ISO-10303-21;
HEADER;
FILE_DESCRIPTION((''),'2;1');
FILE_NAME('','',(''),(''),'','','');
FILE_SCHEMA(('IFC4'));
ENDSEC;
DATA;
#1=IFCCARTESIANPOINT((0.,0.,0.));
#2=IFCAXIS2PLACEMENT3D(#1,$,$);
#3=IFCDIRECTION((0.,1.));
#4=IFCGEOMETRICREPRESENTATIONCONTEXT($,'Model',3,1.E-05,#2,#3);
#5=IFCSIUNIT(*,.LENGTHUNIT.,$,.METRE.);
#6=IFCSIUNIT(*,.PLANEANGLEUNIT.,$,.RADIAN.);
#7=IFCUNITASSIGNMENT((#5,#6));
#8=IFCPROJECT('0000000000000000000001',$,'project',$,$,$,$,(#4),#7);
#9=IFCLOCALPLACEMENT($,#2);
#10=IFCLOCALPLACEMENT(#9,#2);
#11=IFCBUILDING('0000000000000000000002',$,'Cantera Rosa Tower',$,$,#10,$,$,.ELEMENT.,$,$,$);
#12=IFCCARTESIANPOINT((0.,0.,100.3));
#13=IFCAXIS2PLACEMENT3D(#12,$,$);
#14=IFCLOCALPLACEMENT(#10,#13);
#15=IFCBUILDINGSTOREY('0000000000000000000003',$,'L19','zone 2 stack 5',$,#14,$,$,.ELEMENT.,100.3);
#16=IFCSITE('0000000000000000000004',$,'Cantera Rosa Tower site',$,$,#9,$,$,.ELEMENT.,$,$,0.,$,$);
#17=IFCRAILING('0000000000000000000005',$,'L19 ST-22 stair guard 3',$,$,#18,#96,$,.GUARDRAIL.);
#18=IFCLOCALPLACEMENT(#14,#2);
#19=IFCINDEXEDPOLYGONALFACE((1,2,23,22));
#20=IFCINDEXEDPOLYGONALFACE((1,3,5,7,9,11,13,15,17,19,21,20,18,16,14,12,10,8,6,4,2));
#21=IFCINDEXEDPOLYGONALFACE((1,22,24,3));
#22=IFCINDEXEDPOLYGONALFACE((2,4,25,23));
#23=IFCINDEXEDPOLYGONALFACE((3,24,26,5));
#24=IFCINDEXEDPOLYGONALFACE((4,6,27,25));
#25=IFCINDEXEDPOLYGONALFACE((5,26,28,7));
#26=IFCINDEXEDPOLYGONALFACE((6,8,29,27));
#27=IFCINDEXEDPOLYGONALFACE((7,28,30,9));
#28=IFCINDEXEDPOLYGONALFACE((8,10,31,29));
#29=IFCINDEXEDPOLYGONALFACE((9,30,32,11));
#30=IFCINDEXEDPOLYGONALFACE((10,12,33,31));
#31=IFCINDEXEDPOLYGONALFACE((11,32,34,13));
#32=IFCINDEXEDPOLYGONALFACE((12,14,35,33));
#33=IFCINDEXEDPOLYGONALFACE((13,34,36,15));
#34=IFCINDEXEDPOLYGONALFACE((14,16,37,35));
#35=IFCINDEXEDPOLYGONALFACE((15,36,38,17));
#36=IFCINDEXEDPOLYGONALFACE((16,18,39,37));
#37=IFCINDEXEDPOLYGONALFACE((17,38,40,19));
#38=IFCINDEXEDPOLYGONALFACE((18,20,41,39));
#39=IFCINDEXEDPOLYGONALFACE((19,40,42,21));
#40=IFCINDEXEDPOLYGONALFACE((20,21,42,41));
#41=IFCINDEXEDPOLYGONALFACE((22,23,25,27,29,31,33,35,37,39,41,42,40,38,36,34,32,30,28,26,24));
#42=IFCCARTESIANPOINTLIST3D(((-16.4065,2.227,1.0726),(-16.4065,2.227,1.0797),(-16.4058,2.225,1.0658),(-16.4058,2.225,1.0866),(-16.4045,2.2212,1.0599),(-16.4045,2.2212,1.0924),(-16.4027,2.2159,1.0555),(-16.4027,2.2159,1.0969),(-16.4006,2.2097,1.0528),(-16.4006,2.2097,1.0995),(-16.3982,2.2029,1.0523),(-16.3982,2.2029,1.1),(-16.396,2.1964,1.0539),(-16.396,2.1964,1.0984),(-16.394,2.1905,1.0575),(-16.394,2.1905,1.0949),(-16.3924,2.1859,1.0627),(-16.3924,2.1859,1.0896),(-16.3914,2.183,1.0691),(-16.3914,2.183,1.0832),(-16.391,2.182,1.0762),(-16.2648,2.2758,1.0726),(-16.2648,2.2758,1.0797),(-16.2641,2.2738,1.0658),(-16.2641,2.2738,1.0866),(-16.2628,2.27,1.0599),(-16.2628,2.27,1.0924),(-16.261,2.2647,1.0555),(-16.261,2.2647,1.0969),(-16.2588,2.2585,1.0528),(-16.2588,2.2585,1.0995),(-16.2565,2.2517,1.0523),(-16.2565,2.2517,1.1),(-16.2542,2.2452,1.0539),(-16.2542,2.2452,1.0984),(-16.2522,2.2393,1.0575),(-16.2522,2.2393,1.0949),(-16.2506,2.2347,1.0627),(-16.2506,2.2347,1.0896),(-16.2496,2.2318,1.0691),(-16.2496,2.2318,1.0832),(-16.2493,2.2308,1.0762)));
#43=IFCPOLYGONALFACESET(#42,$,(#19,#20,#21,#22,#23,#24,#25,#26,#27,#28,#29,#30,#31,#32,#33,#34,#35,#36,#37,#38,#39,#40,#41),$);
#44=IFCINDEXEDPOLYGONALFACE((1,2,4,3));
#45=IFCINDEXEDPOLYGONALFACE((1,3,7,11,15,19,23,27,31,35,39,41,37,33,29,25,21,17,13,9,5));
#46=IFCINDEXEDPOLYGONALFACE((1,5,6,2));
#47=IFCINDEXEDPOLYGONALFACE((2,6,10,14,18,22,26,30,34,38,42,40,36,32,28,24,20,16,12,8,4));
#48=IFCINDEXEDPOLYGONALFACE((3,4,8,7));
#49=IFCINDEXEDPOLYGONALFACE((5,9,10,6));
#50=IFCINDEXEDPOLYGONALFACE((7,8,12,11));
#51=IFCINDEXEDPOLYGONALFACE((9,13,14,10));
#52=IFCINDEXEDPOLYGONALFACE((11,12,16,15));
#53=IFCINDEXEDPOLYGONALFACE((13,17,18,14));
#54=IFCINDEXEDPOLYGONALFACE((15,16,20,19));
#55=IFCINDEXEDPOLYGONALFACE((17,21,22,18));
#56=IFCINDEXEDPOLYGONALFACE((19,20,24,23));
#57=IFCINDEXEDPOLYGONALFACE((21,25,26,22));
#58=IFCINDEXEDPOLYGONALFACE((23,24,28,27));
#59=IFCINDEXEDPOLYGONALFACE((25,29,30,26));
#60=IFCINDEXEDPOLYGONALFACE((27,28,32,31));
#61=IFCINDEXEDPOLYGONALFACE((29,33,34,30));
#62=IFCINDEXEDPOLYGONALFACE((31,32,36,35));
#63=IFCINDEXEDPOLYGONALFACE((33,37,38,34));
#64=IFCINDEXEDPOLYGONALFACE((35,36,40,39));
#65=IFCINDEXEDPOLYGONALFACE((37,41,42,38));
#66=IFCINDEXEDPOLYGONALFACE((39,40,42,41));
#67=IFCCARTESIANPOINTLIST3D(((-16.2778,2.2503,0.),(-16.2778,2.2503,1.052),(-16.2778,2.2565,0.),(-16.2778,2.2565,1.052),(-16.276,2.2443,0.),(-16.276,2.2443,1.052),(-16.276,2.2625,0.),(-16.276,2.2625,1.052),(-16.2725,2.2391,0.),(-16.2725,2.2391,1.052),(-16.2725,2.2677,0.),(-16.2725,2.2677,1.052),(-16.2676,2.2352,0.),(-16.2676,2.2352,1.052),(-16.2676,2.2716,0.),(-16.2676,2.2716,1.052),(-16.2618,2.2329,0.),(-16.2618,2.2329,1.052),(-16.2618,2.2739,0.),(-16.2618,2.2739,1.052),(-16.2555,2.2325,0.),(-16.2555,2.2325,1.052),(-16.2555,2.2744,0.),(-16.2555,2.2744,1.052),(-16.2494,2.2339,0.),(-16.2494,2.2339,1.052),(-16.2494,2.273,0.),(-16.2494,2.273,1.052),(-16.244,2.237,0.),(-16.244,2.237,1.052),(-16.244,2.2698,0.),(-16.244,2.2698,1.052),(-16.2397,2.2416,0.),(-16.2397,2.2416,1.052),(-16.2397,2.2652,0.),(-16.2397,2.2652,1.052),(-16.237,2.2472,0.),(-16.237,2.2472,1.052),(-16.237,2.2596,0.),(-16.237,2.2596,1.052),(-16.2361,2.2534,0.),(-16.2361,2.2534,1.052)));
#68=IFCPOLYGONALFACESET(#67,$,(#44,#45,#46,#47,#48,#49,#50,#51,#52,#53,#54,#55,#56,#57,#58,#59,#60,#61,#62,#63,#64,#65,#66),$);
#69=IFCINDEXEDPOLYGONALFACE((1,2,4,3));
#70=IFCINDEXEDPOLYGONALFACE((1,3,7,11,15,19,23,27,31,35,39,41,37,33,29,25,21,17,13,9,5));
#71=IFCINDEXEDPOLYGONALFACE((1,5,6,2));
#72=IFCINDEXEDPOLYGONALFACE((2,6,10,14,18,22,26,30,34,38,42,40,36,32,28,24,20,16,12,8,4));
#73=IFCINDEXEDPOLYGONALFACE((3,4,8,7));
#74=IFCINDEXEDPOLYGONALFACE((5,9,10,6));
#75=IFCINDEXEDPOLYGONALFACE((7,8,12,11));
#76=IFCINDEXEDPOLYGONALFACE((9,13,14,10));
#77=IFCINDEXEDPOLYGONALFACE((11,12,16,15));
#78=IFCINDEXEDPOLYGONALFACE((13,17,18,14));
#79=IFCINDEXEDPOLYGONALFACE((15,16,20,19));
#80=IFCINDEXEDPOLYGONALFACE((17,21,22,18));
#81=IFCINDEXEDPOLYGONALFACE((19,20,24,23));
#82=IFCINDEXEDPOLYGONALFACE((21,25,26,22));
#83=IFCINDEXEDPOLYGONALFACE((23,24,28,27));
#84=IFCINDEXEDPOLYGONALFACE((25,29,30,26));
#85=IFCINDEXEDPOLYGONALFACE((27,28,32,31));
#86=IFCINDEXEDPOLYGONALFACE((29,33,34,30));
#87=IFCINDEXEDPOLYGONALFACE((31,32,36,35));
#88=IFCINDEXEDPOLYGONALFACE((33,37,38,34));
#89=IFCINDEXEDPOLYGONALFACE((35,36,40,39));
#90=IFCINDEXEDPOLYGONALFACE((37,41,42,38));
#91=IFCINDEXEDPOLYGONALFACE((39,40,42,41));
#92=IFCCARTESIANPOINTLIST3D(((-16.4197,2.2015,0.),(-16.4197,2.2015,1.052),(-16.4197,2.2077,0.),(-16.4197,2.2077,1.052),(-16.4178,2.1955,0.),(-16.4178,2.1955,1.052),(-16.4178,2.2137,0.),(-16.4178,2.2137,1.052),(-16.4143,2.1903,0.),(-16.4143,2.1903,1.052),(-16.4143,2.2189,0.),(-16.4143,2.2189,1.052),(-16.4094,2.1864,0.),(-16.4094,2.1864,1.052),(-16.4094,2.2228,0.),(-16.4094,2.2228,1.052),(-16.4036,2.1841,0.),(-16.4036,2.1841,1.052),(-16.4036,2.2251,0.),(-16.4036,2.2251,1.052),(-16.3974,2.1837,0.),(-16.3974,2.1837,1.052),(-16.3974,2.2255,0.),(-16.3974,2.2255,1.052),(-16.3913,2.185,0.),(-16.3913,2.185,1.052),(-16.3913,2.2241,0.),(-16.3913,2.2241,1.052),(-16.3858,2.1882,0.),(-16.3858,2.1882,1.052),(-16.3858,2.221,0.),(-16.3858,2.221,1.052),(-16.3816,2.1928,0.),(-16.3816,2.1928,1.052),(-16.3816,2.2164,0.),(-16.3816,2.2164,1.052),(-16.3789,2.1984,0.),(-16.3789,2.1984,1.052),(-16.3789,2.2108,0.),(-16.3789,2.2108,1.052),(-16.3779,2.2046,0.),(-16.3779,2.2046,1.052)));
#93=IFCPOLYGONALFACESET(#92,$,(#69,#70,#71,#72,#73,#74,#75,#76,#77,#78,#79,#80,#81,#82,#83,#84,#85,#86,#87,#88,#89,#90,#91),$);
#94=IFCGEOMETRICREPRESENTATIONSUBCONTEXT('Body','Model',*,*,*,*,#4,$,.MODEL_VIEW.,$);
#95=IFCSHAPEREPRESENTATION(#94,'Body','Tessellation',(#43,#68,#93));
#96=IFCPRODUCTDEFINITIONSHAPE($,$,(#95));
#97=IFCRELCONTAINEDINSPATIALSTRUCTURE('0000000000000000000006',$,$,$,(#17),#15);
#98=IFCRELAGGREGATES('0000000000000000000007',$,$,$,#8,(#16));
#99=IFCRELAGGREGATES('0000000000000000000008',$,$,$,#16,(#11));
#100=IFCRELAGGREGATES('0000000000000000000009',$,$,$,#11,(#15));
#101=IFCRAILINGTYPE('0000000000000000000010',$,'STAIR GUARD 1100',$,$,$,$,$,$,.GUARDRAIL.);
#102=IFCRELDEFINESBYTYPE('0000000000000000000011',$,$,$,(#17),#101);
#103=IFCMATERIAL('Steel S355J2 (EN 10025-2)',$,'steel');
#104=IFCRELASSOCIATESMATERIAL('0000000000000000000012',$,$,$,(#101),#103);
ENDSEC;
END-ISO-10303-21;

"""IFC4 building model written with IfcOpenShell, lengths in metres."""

from ifc_helpers import new_model, si_unit, direction, frame, origin, origin_2d, place, context, subcontext, project, spatial, circle, extrude, material, type_object, element, save


model = new_model("IFC4")

# Units and contexts
model_context = context("Model", 3, precision=1e-05, world=origin(), true_north=direction((0.0, 1.0)))
body_context = subcontext(model_context, "Body", "Model", "MODEL_VIEW")
ifc_project = project(units=[si_unit("LENGTHUNIT", "METRE"), si_unit("PLANEANGLEUNIT", "RADIAN")], contexts=[model_context])

# Site, building, storey
site_placement = place(None, origin())
site = spatial("IfcSite", under=ifc_project, at=site_placement, Name="Cantera Rosa Tower site", CompositionType="ELEMENT", RefElevation=0.0)
building_placement = place(site_placement, origin())
building = spatial("IfcBuilding", under=site, at=building_placement, Name="Cantera Rosa Tower", CompositionType="ELEMENT")
storey_placement = place(building_placement, frame((0.0, 0.0, 100.3)))
storey = spatial("IfcBuildingStorey", under=building, at=storey_placement, Name="L19", Description="zone 2 stack 5", CompositionType="ELEMENT", Elevation=100.3)

# Railing
ifc_material_1 = material(Name="Steel S355J2 (EN 10025-2)", Category="steel")
railing_type_1 = type_object("IfcRailingType", Name="STAIR GUARD 1100", PredefinedType="GUARDRAIL", material=ifc_material_1)
railing_1_placement = place(storey_placement, frame((-16.2571, 2.2534, 0.0)))
element("IfcRailing", 1, at=railing_1_placement, inside=storey, type_object=railing_type_1, Name="L19 ST-22 stair guard 3", PredefinedType="GUARDRAIL", context=body_context, shape_type="SweptSolid", body=[
    extrude(circle(Radius=0.0239, at=origin_2d()), frame((0.0, 0.0, 1.0762), z_axis=(-0.945546, -0.325489, 0.0), x_axis=(0.325489, -0.945546, 0.0)), (0.0, 0.0, 1.0), 0.1499),
    extrude(circle(Radius=0.021, at=origin_2d()), origin(), (0.0, 0.0, 1.0), 1.052),
    extrude(circle(Radius=0.021, at=origin_2d()), frame((-0.1418, -0.0488, 0.0)), (0.0, 0.0, 1.0), 1.052),
])

save(model, "model.ifc")
